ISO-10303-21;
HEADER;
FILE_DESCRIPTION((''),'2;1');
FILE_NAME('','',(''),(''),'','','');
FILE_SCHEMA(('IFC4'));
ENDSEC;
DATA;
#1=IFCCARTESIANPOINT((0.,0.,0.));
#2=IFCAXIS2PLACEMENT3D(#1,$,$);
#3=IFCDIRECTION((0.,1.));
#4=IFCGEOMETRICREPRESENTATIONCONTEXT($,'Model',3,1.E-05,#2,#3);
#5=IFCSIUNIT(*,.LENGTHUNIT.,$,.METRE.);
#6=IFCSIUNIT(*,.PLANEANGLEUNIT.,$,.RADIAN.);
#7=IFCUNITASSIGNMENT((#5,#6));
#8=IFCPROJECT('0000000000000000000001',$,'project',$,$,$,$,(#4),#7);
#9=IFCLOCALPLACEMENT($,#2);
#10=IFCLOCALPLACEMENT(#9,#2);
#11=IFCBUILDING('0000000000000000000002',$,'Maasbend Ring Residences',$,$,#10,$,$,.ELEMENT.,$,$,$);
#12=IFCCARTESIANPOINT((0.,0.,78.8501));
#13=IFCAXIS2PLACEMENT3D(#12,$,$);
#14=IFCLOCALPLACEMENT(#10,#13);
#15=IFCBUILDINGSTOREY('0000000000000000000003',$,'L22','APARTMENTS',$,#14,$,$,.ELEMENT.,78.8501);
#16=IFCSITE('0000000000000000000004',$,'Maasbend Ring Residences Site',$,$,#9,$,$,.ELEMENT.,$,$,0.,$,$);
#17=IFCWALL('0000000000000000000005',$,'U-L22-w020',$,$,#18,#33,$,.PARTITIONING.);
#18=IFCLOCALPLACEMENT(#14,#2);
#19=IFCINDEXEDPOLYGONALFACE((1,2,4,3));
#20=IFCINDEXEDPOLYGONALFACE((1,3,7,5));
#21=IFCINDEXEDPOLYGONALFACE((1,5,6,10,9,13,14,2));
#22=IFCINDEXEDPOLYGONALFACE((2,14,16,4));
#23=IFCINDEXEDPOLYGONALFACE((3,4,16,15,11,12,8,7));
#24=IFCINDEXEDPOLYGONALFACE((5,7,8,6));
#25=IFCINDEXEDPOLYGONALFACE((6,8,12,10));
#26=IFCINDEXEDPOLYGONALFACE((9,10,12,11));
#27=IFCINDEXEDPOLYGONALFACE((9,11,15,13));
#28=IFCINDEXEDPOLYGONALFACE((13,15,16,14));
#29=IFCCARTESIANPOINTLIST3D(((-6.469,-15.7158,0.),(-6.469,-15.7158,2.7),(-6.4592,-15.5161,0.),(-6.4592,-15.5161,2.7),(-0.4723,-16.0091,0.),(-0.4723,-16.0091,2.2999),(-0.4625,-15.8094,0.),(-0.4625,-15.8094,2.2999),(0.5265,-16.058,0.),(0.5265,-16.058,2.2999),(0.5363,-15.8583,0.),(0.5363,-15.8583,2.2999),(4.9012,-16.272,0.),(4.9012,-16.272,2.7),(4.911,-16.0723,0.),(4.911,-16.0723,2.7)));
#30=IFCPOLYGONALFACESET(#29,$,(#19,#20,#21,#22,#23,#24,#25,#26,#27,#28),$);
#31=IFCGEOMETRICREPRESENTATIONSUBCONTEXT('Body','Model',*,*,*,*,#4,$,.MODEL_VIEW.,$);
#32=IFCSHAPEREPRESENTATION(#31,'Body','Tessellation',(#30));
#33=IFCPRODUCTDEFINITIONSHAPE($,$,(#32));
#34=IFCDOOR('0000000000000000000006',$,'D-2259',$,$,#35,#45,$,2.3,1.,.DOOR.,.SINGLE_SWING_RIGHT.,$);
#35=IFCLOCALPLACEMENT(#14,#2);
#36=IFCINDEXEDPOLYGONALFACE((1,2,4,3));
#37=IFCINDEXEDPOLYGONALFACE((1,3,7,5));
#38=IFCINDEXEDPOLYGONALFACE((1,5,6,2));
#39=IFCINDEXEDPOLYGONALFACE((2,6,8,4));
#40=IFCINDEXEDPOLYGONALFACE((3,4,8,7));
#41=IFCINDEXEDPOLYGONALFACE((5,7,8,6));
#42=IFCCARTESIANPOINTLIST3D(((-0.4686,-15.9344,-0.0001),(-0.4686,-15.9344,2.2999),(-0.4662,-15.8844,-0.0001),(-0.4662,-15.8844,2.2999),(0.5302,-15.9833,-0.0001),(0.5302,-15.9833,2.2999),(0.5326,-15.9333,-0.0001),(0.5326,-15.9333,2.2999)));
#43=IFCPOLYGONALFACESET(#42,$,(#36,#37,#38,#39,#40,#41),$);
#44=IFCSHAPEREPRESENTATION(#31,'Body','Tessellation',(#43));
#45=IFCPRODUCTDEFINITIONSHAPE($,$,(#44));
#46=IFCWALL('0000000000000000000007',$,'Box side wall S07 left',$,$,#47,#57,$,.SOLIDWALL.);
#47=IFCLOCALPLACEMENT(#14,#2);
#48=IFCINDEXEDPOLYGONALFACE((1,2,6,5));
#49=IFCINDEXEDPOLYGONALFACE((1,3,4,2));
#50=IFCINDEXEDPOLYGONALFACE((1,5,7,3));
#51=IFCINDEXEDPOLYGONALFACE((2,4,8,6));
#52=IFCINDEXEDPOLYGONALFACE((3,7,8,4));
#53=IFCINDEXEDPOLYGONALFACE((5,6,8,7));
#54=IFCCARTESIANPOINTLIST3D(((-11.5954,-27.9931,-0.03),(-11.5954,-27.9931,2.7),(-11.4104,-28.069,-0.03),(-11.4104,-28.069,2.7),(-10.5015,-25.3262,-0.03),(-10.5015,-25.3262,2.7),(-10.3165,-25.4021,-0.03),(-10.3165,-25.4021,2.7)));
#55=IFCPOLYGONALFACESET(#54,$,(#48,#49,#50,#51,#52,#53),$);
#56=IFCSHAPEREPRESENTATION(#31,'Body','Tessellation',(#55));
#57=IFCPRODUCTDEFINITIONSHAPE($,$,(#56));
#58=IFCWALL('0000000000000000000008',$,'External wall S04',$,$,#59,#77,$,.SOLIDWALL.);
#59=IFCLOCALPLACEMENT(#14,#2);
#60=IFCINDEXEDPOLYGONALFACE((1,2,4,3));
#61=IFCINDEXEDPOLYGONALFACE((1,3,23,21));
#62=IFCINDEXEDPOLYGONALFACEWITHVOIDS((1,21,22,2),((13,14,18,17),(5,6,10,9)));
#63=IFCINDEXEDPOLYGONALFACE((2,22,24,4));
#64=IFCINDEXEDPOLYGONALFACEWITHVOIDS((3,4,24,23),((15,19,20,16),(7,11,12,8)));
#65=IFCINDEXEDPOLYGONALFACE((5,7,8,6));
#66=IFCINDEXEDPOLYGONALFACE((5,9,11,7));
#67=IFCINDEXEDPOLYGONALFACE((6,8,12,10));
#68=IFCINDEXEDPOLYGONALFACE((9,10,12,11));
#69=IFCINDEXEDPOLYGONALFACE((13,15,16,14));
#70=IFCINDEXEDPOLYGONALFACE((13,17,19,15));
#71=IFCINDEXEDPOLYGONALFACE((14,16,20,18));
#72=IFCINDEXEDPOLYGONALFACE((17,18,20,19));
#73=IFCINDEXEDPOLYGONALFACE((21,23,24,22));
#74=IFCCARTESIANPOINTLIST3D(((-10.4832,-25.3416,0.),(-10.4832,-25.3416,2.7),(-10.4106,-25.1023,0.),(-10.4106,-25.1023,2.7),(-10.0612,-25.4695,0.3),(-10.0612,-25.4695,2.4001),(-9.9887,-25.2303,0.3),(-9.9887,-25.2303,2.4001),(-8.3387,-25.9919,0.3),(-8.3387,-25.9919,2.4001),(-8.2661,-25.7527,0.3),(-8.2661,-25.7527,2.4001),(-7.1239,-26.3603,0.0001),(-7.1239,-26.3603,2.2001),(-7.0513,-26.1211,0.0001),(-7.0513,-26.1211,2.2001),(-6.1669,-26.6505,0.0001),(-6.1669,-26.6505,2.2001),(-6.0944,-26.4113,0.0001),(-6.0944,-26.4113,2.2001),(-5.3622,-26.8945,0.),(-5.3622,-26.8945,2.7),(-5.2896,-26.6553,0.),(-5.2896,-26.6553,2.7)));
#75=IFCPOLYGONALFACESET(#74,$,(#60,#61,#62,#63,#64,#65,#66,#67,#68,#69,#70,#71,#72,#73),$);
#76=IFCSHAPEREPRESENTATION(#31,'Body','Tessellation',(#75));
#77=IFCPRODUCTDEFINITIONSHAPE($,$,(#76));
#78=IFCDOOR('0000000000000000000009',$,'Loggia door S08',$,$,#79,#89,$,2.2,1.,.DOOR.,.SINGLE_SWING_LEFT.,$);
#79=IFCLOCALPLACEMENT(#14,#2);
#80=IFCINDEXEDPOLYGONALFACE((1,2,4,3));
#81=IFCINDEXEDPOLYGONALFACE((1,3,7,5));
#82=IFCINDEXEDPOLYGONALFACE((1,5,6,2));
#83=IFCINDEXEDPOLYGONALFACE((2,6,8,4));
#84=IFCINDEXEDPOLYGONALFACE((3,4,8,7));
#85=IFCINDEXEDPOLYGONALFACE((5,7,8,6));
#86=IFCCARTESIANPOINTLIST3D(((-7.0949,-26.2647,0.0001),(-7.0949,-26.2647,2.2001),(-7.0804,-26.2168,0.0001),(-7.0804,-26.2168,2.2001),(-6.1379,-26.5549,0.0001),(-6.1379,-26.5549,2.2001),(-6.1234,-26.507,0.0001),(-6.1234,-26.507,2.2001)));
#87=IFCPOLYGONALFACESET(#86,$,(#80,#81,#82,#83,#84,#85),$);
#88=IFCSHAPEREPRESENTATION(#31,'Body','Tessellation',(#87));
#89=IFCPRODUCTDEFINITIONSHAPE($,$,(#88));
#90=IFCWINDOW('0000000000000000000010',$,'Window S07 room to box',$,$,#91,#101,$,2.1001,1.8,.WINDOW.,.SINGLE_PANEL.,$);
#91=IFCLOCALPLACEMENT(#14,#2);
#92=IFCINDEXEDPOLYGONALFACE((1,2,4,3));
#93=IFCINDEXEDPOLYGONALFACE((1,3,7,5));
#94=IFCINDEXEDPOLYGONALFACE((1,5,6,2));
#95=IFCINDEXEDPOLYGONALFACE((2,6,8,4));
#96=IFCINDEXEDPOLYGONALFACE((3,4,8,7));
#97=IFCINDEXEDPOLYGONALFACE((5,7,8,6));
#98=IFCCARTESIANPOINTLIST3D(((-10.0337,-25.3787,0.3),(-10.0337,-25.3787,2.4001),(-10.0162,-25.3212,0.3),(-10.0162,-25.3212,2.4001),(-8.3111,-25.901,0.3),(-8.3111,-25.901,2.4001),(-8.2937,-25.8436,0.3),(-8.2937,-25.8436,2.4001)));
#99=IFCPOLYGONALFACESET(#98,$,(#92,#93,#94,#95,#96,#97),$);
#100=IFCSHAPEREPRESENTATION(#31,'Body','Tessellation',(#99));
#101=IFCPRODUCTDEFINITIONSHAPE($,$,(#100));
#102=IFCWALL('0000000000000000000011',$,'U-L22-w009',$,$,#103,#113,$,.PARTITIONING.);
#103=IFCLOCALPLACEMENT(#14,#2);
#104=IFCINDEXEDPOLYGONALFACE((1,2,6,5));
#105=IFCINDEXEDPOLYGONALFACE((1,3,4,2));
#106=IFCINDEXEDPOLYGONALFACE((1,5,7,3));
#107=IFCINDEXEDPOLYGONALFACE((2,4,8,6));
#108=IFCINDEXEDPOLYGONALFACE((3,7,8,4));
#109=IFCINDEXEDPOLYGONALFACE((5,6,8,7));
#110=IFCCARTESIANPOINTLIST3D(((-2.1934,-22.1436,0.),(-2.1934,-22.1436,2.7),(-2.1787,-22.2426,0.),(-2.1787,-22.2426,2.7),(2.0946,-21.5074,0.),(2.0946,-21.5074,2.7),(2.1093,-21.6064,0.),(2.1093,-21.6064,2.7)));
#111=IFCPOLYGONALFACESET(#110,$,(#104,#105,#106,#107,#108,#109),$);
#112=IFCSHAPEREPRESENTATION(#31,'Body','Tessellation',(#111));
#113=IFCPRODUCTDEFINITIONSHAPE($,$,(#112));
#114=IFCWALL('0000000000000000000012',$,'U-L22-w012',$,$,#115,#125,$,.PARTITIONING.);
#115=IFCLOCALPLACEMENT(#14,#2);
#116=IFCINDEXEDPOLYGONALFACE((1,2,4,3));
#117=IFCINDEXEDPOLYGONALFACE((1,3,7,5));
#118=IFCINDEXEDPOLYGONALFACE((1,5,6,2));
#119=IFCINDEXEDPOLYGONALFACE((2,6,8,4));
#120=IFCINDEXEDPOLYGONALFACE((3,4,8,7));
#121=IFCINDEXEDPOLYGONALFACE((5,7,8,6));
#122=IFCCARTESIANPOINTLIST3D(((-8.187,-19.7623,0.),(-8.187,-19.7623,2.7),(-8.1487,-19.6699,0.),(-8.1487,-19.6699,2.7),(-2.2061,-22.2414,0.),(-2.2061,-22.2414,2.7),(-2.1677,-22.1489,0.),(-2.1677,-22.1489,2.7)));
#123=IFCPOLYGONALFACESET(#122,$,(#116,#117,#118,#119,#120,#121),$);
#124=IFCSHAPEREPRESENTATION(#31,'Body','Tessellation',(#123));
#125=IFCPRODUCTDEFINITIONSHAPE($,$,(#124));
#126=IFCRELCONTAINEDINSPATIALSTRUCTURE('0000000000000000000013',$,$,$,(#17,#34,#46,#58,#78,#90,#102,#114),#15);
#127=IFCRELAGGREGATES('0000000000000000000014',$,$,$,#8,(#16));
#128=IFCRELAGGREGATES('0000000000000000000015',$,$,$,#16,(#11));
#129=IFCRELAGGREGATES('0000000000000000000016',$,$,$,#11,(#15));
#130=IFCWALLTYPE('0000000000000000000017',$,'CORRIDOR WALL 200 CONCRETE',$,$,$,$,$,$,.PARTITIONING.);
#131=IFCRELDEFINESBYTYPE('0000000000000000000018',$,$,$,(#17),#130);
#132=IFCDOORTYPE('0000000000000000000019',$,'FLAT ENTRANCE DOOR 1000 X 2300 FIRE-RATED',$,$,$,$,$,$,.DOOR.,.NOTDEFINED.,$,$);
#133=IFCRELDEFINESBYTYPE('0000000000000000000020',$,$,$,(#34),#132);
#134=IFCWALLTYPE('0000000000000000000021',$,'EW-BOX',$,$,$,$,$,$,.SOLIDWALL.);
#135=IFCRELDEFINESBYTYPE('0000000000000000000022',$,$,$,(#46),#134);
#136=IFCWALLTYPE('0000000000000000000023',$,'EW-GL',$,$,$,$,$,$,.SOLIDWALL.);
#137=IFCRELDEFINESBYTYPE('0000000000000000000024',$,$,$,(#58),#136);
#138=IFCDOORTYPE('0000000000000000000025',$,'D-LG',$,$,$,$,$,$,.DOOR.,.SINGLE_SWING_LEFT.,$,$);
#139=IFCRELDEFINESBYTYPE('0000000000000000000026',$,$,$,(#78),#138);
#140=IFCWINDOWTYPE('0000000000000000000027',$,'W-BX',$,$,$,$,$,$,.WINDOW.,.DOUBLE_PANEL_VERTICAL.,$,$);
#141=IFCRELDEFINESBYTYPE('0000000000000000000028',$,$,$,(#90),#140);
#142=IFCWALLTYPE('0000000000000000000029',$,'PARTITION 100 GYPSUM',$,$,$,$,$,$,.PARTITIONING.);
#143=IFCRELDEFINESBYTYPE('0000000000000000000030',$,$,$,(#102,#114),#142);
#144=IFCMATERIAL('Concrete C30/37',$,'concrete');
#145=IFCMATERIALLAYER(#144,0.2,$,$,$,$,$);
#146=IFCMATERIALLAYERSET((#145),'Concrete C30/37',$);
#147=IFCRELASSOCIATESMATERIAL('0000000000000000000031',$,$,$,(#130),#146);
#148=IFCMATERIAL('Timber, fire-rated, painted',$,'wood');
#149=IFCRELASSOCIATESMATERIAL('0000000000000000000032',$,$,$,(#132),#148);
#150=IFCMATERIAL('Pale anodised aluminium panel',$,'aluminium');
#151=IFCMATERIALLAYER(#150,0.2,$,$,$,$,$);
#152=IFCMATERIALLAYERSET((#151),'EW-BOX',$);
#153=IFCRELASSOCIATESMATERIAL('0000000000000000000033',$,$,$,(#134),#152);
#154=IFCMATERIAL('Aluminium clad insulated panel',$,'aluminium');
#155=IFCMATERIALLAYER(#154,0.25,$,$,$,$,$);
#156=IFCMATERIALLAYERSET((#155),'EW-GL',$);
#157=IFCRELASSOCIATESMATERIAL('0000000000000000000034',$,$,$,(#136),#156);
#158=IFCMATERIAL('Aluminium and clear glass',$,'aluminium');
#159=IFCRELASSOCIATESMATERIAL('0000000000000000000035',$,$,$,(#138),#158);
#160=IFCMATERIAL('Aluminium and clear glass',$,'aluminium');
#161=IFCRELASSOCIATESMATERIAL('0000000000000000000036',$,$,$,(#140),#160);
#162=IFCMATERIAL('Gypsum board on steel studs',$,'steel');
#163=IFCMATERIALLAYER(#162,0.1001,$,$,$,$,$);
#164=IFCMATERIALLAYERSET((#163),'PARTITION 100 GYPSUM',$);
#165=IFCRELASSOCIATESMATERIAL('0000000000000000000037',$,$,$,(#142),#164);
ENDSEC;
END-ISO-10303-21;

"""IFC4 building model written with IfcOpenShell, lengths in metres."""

from ifc_helpers import new_model, si_unit, direction, frame, frame_2d, origin, place, context, subcontext, project, spatial, rectangle, extrude, material, layer, layer_set, type_object, element, fill, save


model = new_model("IFC4")

# Units and contexts
model_context = context("Model", 3, precision=1e-05, world=origin(), true_north=direction((0.0, 1.0)))
body_context = subcontext(model_context, "Body", "Model", "MODEL_VIEW")
ifc_project = project(units=[si_unit("LENGTHUNIT", "METRE"), si_unit("PLANEANGLEUNIT", "RADIAN")], contexts=[model_context])

# Site, building, storey
site_placement = place(None, origin())
site = spatial("IfcSite", under=ifc_project, at=site_placement, Name="Maasbend Ring Residences Site", CompositionType="ELEMENT", RefElevation=0.0)
building_placement = place(site_placement, origin())
building = spatial("IfcBuilding", under=site, at=building_placement, Name="Maasbend Ring Residences", CompositionType="ELEMENT")
storey_placement = place(building_placement, frame((0.0, 0.0, 78.8501)))
storey = spatial("IfcBuildingStorey", under=building, at=storey_placement, Name="L22", Description="APARTMENTS", CompositionType="ELEMENT", Elevation=78.8501)

# Wall, opening, door
ifc_material_1 = material(Name="Concrete C30/37", Category="concrete")
ifc_layer_1 = layer(ifc_material_1, 0.2)
ifc_layer_set_1 = layer_set([ifc_layer_1], Name="Concrete C30/37")
wall_type_1 = type_object("IfcWallType", Name="CORRIDOR WALL 200 CONCRETE", PredefinedType="PARTITIONING", material=ifc_layer_set_1)
ifc_material_2 = material(Name="Timber, fire-rated, painted", Category="wood")
door_type_1 = type_object("IfcDoorType", Name="FLAT ENTRANCE DOOR 1000 X 2300 FIRE-RATED", OperationType="NOTDEFINED", PredefinedType="DOOR", material=ifc_material_2)
wall_1_placement = place(storey_placement, frame((-6.4641, -15.616, 0.0), z_axis=(0.0, 0.0, 1.0), x_axis=(0.998806, -0.048855, 0.0)))
wall_1 = element("IfcWall", 1, at=wall_1_placement, inside=storey, type_object=wall_type_1, Name="U-L22-w020", PredefinedType="PARTITIONING", context=body_context, shape_type="SweptSolid", body=[
    extrude(rectangle(XDim=11.3838, YDim=0.2, at=frame_2d((5.6919, 0.0))), origin(), (0.0, 0.0, 1.0), 2.7),
])
opening_1_placement = place(wall_1_placement, frame((6.0039, 0.0, 0.0)))
opening_1 = element("IfcOpeningElement", 2, at=opening_1_placement, cuts=wall_1, PredefinedType="OPENING", context=body_context, shape_type="SweptSolid", body=[
    extrude(rectangle(XDim=1.0, YDim=2.3, at=frame_2d((0.5, 1.1499))), frame((0.0, 0.1099, 0.0), z_axis=(0.0, -1.0, 0.0), x_axis=(1.0, 0.0, 0.0)), (0.0, 0.0, 1.0), 0.22),
])
door_1_placement = place(opening_1_placement, origin())
door_1 = element("IfcDoor", 3, at=door_1_placement, inside=storey, type_object=door_type_1, Name="D-2259", OperationType="SINGLE_SWING_RIGHT", OverallHeight=2.3, OverallWidth=1.0, PredefinedType="DOOR", context=body_context, shape_type="SweptSolid", body=[
    extrude(rectangle(XDim=1.0, YDim=2.3, at=frame_2d((0.5, 1.1499))), frame((0.0, 0.0249, 0.0), z_axis=(0.0, -1.0, 0.0), x_axis=(1.0, 0.0, 0.0)), (0.0, 0.0, 1.0), 0.05),
])
fill(opening_1, door_1)

# Wall
ifc_material_3 = material(Name="Pale anodised aluminium panel", Category="aluminium")
ifc_layer_2 = layer(ifc_material_3, 0.2)
ifc_layer_set_2 = layer_set([ifc_layer_2], Name="EW-BOX")
wall_type_2 = type_object("IfcWallType", Name="EW-BOX", PredefinedType="SOLIDWALL", material=ifc_layer_set_2)
wall_2_placement = place(storey_placement, frame((-10.4089, -25.364, -0.03), z_axis=(0.0, 0.0, 1.0), x_axis=(-0.37951, -0.925188, 0.0)))
element("IfcWall", 4, at=wall_2_placement, inside=storey, type_object=wall_type_2, Name="Box side wall S07 left", PredefinedType="SOLIDWALL", context=body_context, shape_type="SweptSolid", body=[
    extrude(rectangle(XDim=2.8826, YDim=0.2, at=frame_2d((1.4414, 0.0))), origin(), (0.0, 0.0, 1.0), 2.73),
])

# Wall, openings, door, window
ifc_material_4 = material(Name="Aluminium clad insulated panel", Category="aluminium")
ifc_layer_3 = layer(ifc_material_4, 0.25)
ifc_layer_set_3 = layer_set([ifc_layer_3], Name="EW-GL")
wall_type_3 = type_object("IfcWallType", Name="EW-GL", PredefinedType="SOLIDWALL", material=ifc_layer_set_3)
wall_3_placement = place(storey_placement, frame((-10.447, -25.2219, 0.0), z_axis=(0.0, 0.0, 1.0), x_axis=(0.956966, -0.290201, 0.0)))
wall_3 = element("IfcWall", 5, at=wall_3_placement, inside=storey, type_object=wall_type_3, Name="External wall S04", PredefinedType="SOLIDWALL", context=body_context, shape_type="SweptSolid", body=[
    extrude(rectangle(XDim=5.3513, YDim=0.25, at=frame_2d((2.6758, 0.0))), origin(), (0.0, 0.0, 1.0), 2.7),
])
opening_2_placement = place(wall_3_placement, frame((0.4412, 0.0, 0.3)))
opening_2 = element("IfcOpeningElement", 6, at=opening_2_placement, cuts=wall_3, PredefinedType="OPENING", context=body_context, shape_type="SweptSolid", body=[
    extrude(rectangle(XDim=1.8, YDim=2.1001, at=frame_2d((0.8999, 1.05))), frame((0.0, 0.135, 0.0), z_axis=(0.0, -1.0, 0.0), x_axis=(1.0, 0.0, 0.0)), (0.0, 0.0, 1.0), 0.27),
])
opening_3_placement = place(wall_3_placement, frame((3.5105, 0.0, 0.0)))
opening_3 = element("IfcOpeningElement", 7, at=opening_3_placement, cuts=wall_3, PredefinedType="OPENING", context=body_context, shape_type="SweptSolid", body=[
    extrude(rectangle(XDim=1.0, YDim=2.2, at=frame_2d((0.5, 1.1001))), frame((0.0, 0.135, 0.0), z_axis=(0.0, -1.0, 0.0), x_axis=(1.0, 0.0, 0.0)), (0.0, 0.0, 1.0), 0.27),
])
ifc_material_5 = material(Name="Aluminium and clear glass", Category="aluminium")
door_type_2 = type_object("IfcDoorType", Name="D-LG", OperationType="SINGLE_SWING_LEFT", PredefinedType="DOOR", material=ifc_material_5)
door_2_placement = place(opening_3_placement, origin())
door_2 = element("IfcDoor", 8, at=door_2_placement, inside=storey, type_object=door_type_2, Name="Loggia door S08", OperationType="SINGLE_SWING_LEFT", OverallHeight=2.2, OverallWidth=1.0, PredefinedType="DOOR", context=body_context, shape_type="SweptSolid", body=[
    extrude(rectangle(XDim=1.0, YDim=2.2, at=frame_2d((0.5, 1.1001))), frame((0.0, 0.0249, 0.0), z_axis=(0.0, -1.0, 0.0), x_axis=(1.0, 0.0, 0.0)), (0.0, 0.0, 1.0), 0.05),
])
fill(opening_3, door_2)
ifc_material_6 = material(Name="Aluminium and clear glass", Category="aluminium")
window_type = type_object("IfcWindowType", Name="W-BX", PartitioningType="DOUBLE_PANEL_VERTICAL", PredefinedType="WINDOW", material=ifc_material_6)
window_placement = place(opening_2_placement, origin())
window = element("IfcWindow", 9, at=window_placement, inside=storey, type_object=window_type, Name="Window S07 room to box", OverallHeight=2.1001, OverallWidth=1.8, PartitioningType="SINGLE_PANEL", PredefinedType="WINDOW", context=body_context, shape_type="SweptSolid", body=[
    extrude(rectangle(XDim=1.8, YDim=2.1001, at=frame_2d((0.8999, 1.05))), frame((0.0, 0.03, 0.0), z_axis=(0.0, -1.0, 0.0), x_axis=(1.0, 0.0, 0.0)), (0.0, 0.0, 1.0), 0.0601),
])
fill(opening_2, window)

# Walls
ifc_material_7 = material(Name="Gypsum board on steel studs", Category="steel")
ifc_layer_4 = layer(ifc_material_7, 0.1001)
ifc_layer_set_4 = layer_set([ifc_layer_4], Name="PARTITION 100 GYPSUM")
wall_type_4 = type_object("IfcWallType", Name="PARTITION 100 GYPSUM", PredefinedType="PARTITIONING", material=ifc_layer_set_4)
wall_4_placement = place(storey_placement, frame((-2.186, -22.1931, 0.0), z_axis=(0.0, 0.0, 1.0), x_axis=(0.989171, 0.146765, 0.0)))
element("IfcWall", 10, at=wall_4_placement, inside=storey, type_object=wall_type_4, Name="U-L22-w009", PredefinedType="PARTITIONING", context=body_context, shape_type="SweptSolid", body=[
    extrude(rectangle(XDim=4.335, YDim=0.1001, at=frame_2d((2.1675, 0.0))), origin(), (0.0, 0.0, 1.0), 2.7),
])
wall_5_placement = place(storey_placement, frame((-8.168, -19.7161, 0.0), z_axis=(0.0, 0.0, 1.0), x_axis=(0.923792, -0.382896, 0.0)))
element("IfcWall", 11, at=wall_5_placement, inside=storey, type_object=wall_type_4, Name="U-L22-w012", PredefinedType="PARTITIONING", context=body_context, shape_type="SweptSolid", body=[
    extrude(rectangle(XDim=6.4744, YDim=0.1001, at=frame_2d((3.2373, 0.0))), origin(), (0.0, 0.0, 1.0), 2.7),
])

save(model, "model.ifc")
